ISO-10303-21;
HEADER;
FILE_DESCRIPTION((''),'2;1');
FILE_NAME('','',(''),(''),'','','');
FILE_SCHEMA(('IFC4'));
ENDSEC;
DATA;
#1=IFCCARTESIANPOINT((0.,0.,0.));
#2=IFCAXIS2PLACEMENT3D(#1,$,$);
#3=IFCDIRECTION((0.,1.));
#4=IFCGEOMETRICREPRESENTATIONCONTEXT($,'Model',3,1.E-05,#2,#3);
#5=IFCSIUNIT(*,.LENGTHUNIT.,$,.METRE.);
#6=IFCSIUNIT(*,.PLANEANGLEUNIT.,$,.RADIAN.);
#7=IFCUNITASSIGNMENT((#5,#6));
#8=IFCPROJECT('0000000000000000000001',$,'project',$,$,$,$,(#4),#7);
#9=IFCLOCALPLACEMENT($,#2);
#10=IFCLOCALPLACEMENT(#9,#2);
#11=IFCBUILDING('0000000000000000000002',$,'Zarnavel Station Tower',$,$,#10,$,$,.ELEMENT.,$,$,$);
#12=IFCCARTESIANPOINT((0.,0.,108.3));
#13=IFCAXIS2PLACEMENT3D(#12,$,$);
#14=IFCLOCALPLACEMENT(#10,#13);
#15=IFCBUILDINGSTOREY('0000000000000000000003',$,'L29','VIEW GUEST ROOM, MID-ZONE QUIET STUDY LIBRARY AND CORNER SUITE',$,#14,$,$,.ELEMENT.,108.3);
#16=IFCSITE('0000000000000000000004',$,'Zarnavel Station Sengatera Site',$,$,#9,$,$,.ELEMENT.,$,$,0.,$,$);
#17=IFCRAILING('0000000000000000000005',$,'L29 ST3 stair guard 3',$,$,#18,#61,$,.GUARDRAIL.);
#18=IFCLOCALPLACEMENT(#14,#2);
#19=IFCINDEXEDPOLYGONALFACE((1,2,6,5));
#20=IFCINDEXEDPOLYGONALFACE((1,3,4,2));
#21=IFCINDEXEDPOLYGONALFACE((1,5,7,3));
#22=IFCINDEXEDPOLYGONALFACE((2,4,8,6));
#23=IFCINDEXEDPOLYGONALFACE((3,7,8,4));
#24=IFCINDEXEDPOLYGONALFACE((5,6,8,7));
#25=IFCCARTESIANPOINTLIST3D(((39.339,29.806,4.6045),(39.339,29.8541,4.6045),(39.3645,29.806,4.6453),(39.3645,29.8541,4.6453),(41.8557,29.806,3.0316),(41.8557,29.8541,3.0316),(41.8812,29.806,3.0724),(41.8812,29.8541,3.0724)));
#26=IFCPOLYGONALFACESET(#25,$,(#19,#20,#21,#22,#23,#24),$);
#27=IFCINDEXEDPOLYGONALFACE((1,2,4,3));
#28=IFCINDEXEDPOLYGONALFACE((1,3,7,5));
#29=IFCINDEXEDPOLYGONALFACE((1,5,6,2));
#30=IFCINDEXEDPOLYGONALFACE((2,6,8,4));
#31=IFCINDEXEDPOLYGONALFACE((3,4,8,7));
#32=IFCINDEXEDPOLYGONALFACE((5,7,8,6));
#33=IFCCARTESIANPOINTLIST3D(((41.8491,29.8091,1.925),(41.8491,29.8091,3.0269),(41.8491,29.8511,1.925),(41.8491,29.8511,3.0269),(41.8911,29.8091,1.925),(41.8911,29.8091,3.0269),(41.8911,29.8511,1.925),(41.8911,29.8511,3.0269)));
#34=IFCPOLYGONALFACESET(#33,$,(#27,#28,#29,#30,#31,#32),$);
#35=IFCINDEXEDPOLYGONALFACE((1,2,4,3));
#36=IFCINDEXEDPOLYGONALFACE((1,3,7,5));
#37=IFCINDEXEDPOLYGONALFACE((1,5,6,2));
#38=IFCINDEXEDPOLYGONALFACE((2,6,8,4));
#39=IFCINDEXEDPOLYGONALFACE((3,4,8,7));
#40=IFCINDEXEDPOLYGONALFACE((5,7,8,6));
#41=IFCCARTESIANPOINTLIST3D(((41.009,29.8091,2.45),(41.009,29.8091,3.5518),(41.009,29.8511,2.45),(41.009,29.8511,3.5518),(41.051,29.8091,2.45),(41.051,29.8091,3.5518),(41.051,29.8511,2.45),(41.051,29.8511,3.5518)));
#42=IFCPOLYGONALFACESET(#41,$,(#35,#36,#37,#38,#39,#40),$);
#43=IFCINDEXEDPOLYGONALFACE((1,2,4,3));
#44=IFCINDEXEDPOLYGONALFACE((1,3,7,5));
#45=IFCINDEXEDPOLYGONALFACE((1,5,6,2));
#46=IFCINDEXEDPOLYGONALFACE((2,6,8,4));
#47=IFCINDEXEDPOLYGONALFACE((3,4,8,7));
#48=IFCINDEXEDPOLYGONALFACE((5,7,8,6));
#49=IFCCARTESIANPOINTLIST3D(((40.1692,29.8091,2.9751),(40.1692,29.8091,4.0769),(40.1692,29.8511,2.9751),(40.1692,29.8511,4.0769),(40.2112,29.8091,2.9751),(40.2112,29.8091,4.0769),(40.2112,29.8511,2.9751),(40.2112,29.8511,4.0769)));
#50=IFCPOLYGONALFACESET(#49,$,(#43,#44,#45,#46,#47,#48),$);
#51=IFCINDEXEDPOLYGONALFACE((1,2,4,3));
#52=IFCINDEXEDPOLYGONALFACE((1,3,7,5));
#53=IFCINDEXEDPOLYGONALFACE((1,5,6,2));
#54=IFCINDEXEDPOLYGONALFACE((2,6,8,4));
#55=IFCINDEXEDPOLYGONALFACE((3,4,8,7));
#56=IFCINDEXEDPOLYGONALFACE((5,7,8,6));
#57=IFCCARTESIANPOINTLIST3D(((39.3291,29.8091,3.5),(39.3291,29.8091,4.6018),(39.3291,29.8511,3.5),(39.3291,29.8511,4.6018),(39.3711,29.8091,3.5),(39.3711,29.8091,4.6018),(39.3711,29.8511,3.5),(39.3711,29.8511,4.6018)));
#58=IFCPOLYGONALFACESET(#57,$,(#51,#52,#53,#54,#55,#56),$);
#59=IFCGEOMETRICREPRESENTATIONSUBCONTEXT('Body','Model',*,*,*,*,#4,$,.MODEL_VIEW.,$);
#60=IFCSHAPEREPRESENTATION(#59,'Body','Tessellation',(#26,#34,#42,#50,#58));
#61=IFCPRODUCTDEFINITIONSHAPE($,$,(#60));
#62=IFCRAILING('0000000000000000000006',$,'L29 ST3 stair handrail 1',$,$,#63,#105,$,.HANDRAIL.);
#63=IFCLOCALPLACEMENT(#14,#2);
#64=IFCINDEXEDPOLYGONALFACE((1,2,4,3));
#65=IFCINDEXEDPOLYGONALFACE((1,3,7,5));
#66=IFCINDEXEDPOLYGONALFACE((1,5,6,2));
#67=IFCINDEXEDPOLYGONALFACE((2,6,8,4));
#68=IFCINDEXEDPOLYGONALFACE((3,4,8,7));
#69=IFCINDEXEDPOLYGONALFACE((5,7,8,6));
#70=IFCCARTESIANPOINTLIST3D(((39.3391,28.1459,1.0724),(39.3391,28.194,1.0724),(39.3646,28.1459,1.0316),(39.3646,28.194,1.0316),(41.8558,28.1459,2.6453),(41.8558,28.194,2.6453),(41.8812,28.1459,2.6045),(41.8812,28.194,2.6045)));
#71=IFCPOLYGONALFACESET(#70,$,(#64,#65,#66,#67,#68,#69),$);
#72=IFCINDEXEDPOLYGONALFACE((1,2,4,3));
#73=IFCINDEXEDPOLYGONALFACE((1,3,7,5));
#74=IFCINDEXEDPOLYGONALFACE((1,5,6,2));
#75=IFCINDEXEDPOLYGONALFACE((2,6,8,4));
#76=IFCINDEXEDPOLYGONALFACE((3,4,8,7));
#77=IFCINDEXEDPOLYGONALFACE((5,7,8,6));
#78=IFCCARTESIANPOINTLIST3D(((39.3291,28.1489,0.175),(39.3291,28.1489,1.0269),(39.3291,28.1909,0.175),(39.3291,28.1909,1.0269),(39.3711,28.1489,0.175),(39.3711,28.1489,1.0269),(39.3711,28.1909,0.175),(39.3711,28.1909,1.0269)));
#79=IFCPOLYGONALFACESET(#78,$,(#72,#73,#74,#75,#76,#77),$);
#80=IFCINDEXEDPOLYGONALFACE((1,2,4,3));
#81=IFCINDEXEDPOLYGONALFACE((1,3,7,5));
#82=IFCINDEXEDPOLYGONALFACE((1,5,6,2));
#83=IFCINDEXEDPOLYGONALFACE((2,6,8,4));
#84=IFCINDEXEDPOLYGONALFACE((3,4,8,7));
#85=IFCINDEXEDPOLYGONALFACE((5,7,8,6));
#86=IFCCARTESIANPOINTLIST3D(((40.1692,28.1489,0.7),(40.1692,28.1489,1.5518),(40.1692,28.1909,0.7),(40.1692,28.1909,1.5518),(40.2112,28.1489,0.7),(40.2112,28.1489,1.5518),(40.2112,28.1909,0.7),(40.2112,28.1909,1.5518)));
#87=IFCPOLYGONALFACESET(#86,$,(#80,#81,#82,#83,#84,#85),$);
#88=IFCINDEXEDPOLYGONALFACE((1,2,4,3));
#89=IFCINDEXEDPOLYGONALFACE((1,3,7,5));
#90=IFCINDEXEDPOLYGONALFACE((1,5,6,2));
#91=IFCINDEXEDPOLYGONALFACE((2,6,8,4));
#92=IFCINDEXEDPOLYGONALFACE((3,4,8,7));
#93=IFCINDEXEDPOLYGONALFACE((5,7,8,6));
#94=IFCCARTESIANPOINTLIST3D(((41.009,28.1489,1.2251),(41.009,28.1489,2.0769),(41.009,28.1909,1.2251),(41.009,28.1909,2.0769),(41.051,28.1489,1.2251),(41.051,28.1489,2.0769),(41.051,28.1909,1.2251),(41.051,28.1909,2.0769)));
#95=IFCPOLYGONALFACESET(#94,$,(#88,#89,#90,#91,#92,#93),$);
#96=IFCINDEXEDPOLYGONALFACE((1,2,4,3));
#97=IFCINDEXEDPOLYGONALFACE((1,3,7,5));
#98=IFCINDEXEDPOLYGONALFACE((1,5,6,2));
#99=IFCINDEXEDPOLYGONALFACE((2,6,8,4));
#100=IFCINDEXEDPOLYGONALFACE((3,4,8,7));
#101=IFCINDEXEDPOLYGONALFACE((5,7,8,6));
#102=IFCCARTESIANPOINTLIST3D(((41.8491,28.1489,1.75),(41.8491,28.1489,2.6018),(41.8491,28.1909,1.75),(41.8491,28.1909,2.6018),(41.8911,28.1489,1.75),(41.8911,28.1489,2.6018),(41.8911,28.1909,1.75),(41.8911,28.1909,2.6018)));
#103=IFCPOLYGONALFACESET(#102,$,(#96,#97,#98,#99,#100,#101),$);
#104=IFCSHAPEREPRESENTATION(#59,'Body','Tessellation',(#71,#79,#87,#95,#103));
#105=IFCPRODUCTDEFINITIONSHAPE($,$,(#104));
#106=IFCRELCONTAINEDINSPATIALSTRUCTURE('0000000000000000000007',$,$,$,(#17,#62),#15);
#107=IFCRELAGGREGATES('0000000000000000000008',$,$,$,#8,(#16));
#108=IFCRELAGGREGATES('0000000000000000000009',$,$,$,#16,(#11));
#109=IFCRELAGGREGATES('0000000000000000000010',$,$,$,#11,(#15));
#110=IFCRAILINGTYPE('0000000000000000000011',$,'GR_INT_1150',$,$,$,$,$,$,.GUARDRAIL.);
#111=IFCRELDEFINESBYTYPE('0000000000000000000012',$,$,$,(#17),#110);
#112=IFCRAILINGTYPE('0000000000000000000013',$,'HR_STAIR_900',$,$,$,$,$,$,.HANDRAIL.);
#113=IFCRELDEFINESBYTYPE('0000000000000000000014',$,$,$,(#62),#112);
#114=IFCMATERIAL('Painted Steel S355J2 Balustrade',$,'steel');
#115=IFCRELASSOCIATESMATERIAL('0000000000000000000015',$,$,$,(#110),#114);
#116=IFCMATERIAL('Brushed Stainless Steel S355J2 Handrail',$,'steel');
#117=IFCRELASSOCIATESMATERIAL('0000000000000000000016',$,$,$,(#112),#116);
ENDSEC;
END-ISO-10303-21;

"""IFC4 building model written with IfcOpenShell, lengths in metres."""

from ifc_helpers import new_model, si_unit, direction, frame, origin, origin_2d, place, context, subcontext, project, spatial, rectangle, extrude, material, type_object, element, save


model = new_model("IFC4")

# Units and contexts
model_context = context("Model", 3, precision=1e-05, world=origin(), true_north=direction((0.0, 1.0)))
body_context = subcontext(model_context, "Body", "Model", "MODEL_VIEW")
ifc_project = project(units=[si_unit("LENGTHUNIT", "METRE"), si_unit("PLANEANGLEUNIT", "RADIAN")], contexts=[model_context])

# Site, building, storey
site_placement = place(None, origin())
site = spatial("IfcSite", under=ifc_project, at=site_placement, Name="Zarnavel Station Sengatera Site", CompositionType="ELEMENT", RefElevation=0.0)
building_placement = place(site_placement, origin())
building = spatial("IfcBuilding", under=site, at=building_placement, Name="Zarnavel Station Tower", CompositionType="ELEMENT")
storey_placement = place(building_placement, frame((0.0, 0.0, 108.3)))
storey = spatial("IfcBuildingStorey", under=building, at=storey_placement, Name="L29", Description="VIEW GUEST ROOM, MID-ZONE QUIET STUDY LIBRARY AND CORNER SUITE", CompositionType="ELEMENT", Elevation=108.3)

# Railings
ifc_material_1 = material(Name="Painted Steel S355J2 Balustrade", Category="steel")
railing_type_1 = type_object("IfcRailingType", Name="GR_INT_1150", PredefinedType="GUARDRAIL", material=ifc_material_1)
railing_1_placement = place(storey_placement, frame((41.8701, 29.8301, 1.925)))
element("IfcRailing", 1, at=railing_1_placement, inside=storey, type_object=railing_type_1, Name="L29 ST3 stair guard 3", PredefinedType="GUARDRAIL", context=body_context, shape_type="SweptSolid", body=[
    extrude(rectangle(XDim=0.0481, YDim=0.0481, at=origin_2d()), frame((-0.0017, 0.0, 1.127), z_axis=(-0.848008, 0.0, 0.529984), x_axis=(0.0, -1.0, 0.0)), (0.0, 0.0, 1.0), 2.9678),
    extrude(rectangle(XDim=0.042, YDim=0.042, at=origin_2d()), origin(), (0.0, 0.0, 1.0), 1.1018),
    extrude(rectangle(XDim=0.042, YDim=0.042, at=origin_2d()), frame((-0.8401, 0.0, 0.5249)), (0.0, 0.0, 1.0), 1.1018),
    extrude(rectangle(XDim=0.042, YDim=0.042, at=origin_2d()), frame((-1.6799, 0.0, 1.05)), (0.0, 0.0, 1.0), 1.1018),
    extrude(rectangle(XDim=0.042, YDim=0.042, at=origin_2d()), frame((-2.52, 0.0, 1.575)), (0.0, 0.0, 1.0), 1.1018),
])
ifc_material_2 = material(Name="Brushed Stainless Steel S355J2 Handrail", Category="steel")
railing_type_2 = type_object("IfcRailingType", Name="HR_STAIR_900", PredefinedType="HANDRAIL", material=ifc_material_2)
railing_2_placement = place(storey_placement, frame((39.3501, 28.1699, 0.175)))
element("IfcRailing", 2, at=railing_2_placement, inside=storey, type_object=railing_type_2, Name="L29 ST3 stair handrail 1", PredefinedType="HANDRAIL", context=body_context, shape_type="SweptSolid", body=[
    extrude(rectangle(XDim=0.0481, YDim=0.0481, at=origin_2d()), frame((0.0017, 0.0, 0.877), z_axis=(0.848008, 0.0, 0.529984), x_axis=(0.0, 1.0, 0.0)), (0.0, 0.0, 1.0), 2.9678),
    extrude(rectangle(XDim=0.042, YDim=0.042, at=origin_2d()), origin(), (0.0, 0.0, 1.0), 0.8518),
    extrude(rectangle(XDim=0.042, YDim=0.042, at=origin_2d()), frame((0.8401, 0.0, 0.5249)), (0.0, 0.0, 1.0), 0.8518),
    extrude(rectangle(XDim=0.042, YDim=0.042, at=origin_2d()), frame((1.6799, 0.0, 1.05)), (0.0, 0.0, 1.0), 0.8518),
    extrude(rectangle(XDim=0.042, YDim=0.042, at=origin_2d()), frame((2.52, 0.0, 1.575)), (0.0, 0.0, 1.0), 0.8518),
])

save(model, "model.ifc")
